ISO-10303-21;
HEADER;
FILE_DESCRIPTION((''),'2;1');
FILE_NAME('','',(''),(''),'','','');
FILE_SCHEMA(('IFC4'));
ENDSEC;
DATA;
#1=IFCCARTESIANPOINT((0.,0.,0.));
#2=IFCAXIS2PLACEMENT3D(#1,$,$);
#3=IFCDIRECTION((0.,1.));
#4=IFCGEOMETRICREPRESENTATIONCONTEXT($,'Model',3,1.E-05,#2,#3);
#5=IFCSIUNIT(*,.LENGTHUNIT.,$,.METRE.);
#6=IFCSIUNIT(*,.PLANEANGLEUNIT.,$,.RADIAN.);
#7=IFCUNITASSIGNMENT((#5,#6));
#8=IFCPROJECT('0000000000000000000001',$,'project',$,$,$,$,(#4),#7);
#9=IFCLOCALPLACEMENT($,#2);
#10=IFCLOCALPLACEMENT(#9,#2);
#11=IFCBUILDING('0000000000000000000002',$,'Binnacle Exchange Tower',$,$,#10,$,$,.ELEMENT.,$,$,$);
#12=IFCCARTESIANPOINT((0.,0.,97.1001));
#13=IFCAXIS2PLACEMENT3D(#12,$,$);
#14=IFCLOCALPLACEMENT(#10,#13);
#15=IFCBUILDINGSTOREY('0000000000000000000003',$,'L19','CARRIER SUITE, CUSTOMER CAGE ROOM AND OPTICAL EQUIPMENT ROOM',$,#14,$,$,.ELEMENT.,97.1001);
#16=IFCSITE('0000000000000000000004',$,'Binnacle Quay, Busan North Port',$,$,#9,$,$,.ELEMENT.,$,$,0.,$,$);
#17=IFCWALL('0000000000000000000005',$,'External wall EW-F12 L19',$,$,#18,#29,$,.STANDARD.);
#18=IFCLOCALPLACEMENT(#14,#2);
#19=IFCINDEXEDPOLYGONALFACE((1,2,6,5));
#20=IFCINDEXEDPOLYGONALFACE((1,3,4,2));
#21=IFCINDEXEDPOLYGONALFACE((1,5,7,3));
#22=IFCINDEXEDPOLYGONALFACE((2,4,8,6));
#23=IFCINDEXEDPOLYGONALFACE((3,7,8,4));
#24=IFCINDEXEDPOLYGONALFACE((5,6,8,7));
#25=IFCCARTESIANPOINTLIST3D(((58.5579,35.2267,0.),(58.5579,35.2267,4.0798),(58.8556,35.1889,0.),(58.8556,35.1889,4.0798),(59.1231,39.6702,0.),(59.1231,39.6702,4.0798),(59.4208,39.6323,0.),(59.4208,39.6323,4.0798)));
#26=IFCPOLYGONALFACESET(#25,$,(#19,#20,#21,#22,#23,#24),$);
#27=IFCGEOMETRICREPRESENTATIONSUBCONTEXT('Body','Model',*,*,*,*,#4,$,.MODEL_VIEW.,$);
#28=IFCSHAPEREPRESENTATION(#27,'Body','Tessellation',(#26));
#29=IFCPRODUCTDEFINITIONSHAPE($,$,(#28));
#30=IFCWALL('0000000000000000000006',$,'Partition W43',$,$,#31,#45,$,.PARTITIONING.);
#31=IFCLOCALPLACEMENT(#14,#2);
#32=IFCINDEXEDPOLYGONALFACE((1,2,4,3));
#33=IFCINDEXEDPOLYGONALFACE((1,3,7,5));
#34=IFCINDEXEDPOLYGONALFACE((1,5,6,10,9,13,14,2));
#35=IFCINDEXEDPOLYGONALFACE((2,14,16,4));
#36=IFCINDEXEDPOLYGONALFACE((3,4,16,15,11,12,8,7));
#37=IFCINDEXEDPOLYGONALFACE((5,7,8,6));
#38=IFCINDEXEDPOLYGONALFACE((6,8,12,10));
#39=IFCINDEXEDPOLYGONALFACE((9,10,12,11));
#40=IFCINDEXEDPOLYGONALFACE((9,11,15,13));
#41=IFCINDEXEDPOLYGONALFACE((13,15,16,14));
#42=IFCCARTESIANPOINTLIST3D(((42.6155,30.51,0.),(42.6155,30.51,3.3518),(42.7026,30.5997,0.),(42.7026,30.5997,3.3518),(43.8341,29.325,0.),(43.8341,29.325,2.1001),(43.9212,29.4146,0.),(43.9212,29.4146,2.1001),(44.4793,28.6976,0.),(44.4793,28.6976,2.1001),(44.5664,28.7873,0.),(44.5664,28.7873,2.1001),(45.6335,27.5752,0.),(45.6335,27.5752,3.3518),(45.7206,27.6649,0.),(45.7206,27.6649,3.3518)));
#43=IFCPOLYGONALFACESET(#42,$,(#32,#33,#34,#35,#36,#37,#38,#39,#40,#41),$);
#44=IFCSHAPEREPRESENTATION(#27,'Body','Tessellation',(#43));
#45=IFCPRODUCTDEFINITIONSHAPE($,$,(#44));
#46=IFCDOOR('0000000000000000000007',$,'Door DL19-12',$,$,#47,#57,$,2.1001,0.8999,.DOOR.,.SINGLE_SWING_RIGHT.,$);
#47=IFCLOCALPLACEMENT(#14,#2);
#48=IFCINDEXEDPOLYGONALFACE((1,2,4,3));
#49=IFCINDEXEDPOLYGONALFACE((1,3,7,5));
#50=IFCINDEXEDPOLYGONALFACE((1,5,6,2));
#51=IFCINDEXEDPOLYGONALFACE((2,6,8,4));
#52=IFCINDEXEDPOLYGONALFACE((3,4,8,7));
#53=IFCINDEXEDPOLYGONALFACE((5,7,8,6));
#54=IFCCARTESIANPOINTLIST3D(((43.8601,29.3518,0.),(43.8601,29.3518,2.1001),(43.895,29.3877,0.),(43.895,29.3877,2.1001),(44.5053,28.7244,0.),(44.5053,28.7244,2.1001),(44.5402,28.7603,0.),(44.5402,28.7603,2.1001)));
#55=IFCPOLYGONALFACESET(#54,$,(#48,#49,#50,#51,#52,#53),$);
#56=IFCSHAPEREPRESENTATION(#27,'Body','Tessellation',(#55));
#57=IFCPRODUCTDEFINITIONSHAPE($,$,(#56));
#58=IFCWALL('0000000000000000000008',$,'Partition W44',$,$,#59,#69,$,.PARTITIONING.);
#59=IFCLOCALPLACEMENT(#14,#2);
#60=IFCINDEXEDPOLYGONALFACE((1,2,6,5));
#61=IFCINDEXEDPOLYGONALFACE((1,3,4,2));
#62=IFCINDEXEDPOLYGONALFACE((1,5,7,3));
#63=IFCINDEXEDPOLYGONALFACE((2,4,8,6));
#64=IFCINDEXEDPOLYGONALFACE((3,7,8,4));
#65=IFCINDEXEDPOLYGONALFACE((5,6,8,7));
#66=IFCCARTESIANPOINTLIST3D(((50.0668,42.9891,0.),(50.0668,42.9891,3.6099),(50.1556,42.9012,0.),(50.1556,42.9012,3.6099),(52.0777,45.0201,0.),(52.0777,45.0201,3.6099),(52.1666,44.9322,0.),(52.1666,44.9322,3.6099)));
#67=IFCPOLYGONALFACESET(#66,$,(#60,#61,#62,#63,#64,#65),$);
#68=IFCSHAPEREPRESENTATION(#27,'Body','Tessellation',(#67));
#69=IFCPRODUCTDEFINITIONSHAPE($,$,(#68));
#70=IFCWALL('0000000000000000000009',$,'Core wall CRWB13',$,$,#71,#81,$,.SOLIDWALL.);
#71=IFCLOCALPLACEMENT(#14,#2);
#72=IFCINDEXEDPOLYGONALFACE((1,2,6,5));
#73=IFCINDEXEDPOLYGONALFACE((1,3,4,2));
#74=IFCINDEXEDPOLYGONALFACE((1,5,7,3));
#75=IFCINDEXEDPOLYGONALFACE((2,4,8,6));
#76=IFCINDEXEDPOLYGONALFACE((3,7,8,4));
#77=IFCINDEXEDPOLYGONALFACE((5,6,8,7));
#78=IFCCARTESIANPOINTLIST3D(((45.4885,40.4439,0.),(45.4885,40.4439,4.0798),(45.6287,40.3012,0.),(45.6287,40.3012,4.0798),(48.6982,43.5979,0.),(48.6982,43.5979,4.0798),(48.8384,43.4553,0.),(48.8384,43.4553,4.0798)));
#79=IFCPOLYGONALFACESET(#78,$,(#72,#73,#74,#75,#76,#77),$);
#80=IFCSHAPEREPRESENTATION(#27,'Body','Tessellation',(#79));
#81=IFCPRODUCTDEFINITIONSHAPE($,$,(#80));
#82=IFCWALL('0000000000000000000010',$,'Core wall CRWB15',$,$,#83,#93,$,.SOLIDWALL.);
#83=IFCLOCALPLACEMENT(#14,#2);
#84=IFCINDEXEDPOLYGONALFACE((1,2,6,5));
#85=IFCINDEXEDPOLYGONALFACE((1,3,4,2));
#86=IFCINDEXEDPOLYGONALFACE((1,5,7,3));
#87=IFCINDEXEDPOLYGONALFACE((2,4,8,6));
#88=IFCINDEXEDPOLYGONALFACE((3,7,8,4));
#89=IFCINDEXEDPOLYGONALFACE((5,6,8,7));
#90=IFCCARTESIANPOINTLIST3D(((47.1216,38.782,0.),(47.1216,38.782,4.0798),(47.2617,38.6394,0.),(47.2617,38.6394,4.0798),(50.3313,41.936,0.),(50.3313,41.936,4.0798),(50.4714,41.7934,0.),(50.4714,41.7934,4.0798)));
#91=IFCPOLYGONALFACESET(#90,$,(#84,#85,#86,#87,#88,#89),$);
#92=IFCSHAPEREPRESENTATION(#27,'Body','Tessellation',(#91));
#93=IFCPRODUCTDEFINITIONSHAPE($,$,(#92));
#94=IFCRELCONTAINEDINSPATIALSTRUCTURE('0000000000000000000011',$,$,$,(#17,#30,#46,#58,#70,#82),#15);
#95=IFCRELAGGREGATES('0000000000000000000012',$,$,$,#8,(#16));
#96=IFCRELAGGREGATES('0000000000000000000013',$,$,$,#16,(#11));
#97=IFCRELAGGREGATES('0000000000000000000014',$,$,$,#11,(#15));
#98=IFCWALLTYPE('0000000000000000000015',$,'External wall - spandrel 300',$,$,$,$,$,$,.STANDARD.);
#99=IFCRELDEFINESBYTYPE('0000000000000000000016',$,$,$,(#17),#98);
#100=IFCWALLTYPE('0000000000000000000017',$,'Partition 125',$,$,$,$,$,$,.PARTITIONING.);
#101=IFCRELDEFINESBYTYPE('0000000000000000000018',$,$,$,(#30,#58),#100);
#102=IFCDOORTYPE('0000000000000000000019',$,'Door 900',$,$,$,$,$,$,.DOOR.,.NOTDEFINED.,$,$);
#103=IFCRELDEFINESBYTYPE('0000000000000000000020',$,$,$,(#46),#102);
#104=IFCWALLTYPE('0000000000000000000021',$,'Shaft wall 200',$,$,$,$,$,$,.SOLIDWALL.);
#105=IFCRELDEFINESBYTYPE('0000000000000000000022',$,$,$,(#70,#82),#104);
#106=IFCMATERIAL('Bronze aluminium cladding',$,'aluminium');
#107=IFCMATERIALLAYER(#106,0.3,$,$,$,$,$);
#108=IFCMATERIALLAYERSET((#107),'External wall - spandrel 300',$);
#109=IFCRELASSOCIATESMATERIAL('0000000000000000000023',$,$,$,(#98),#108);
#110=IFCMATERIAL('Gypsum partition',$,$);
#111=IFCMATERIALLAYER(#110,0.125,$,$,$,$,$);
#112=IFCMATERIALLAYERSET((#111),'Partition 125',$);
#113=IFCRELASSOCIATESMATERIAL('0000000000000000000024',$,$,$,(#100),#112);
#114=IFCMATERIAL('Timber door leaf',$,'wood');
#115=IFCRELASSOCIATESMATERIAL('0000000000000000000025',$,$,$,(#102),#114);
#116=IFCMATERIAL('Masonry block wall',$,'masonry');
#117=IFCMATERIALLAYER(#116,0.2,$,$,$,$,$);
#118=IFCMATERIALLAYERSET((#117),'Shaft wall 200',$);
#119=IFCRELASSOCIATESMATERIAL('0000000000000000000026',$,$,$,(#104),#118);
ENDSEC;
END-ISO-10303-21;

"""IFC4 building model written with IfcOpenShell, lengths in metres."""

from ifc_helpers import new_model, si_unit, direction, frame, frame_2d, origin, place, context, subcontext, project, spatial, rectangle, extrude, material, layer, layer_set, type_object, element, fill, save


model = new_model("IFC4")

# Units and contexts
model_context = context("Model", 3, precision=1e-05, world=origin(), true_north=direction((0.0, 1.0)))
body_context = subcontext(model_context, "Body", "Model", "MODEL_VIEW")
ifc_project = project(units=[si_unit("LENGTHUNIT", "METRE"), si_unit("PLANEANGLEUNIT", "RADIAN")], contexts=[model_context])

# Site, building, storey
site_placement = place(None, origin())
site = spatial("IfcSite", under=ifc_project, at=site_placement, Name="Binnacle Quay, Busan North Port", CompositionType="ELEMENT", RefElevation=0.0)
building_placement = place(site_placement, origin())
building = spatial("IfcBuilding", under=site, at=building_placement, Name="Binnacle Exchange Tower", CompositionType="ELEMENT")
storey_placement = place(building_placement, frame((0.0, 0.0, 97.1001)))
storey = spatial("IfcBuildingStorey", under=building, at=storey_placement, Name="L19", Description="CARRIER SUITE, CUSTOMER CAGE ROOM AND OPTICAL EQUIPMENT ROOM", CompositionType="ELEMENT", Elevation=97.1001)

# Shared definitions
ifc_material_1 = material(Name="Bronze aluminium cladding", Category="aluminium")
ifc_layer_1 = layer(ifc_material_1, 0.3)
ifc_layer_set_1 = layer_set([ifc_layer_1], Name="External wall - spandrel 300")
wall_type_1 = type_object("IfcWallType", Name="External wall - spandrel 300", PredefinedType="STANDARD", material=ifc_layer_set_1)

# Wall
wall_1_placement = place(storey_placement, frame((59.272, 39.6514, 0.0), z_axis=(0.0, 0.0, 1.0), x_axis=(-0.126181, -0.992007, 0.0)))
element("IfcWall", 1, at=wall_1_placement, inside=storey, type_object=wall_type_1, Name="External wall EW-F12 L19", PredefinedType="STANDARD", context=body_context, shape_type="SweptSolid", body=[
    extrude(rectangle(XDim=4.4792, YDim=0.3, at=frame_2d((2.2397, 0.0))), origin(), (0.0, 0.0, 1.0), 4.0798),
])

# Wall, opening, door
ifc_material_2 = material(Name="Gypsum partition")
ifc_layer_2 = layer(ifc_material_2, 0.125)
ifc_layer_set_2 = layer_set([ifc_layer_2], Name="Partition 125")
wall_type_2 = type_object("IfcWallType", Name="Partition 125", PredefinedType="PARTITIONING", material=ifc_layer_set_2)
wall_2_placement = place(storey_placement, frame((42.6589, 30.5549, 0.0), z_axis=(0.0, 0.0, 1.0), x_axis=(0.716926, -0.69715, 0.0)))
wall_2 = element("IfcWall", 2, at=wall_2_placement, inside=storey, type_object=wall_type_2, Name="Partition W43", PredefinedType="PARTITIONING", context=body_context, shape_type="SweptSolid", body=[
    extrude(rectangle(XDim=4.2097, YDim=0.125, at=frame_2d((2.105, 0.0))), origin(), (0.0, 0.0, 1.0), 3.3518),
])
opening_1_placement = place(wall_2_placement, frame((1.7, 0.0, 0.0)))
opening_1 = element("IfcOpeningElement", 3, at=opening_1_placement, cuts=wall_2, PredefinedType="OPENING", context=body_context, shape_type="SweptSolid", body=[
    extrude(rectangle(XDim=0.8999, YDim=2.1001, at=frame_2d((0.45, 1.05))), frame((0.0, 0.0725, 0.0), z_axis=(0.0, -1.0, 0.0), x_axis=(1.0, 0.0, 0.0)), (0.0, 0.0, 1.0), 0.145),
])
ifc_material_3 = material(Name="Timber door leaf", Category="wood")
door_type_1 = type_object("IfcDoorType", Name="Door 900", OperationType="NOTDEFINED", PredefinedType="DOOR", material=ifc_material_3)
door_1_placement = place(opening_1_placement, origin())
door_1 = element("IfcDoor", 4, at=door_1_placement, inside=storey, type_object=door_type_1, Name="Door DL19-12", OperationType="SINGLE_SWING_RIGHT", OverallHeight=2.1001, OverallWidth=0.8999, PredefinedType="DOOR", context=body_context, shape_type="SweptSolid", body=[
    extrude(rectangle(XDim=0.8999, YDim=2.1001, at=frame_2d((0.45, 1.05))), frame((0.0, 0.0249, 0.0), z_axis=(0.0, -1.0, 0.0), x_axis=(1.0, 0.0, 0.0)), (0.0, 0.0, 1.0), 0.05),
])
fill(opening_1, door_1)

# Walls
wall_3_placement = place(storey_placement, frame((50.1111, 42.9451, 0.0), z_axis=(0.0, 0.0, 1.0), x_axis=(0.703596, 0.7106, 0.0)))
element("IfcWall", 5, at=wall_3_placement, inside=storey, type_object=wall_type_2, Name="Partition W44", PredefinedType="PARTITIONING", context=body_context, shape_type="SweptSolid", body=[
    extrude(rectangle(XDim=2.8582, YDim=0.125, at=frame_2d((1.4292, 0.0))), origin(), (0.0, 0.0, 1.0), 3.6099),
])
ifc_material_4 = material(Name="Masonry block wall", Category="masonry")
ifc_layer_3 = layer(ifc_material_4, 0.2)
ifc_layer_set_3 = layer_set([ifc_layer_3], Name="Shaft wall 200")
wall_type_3 = type_object("IfcWallType", Name="Shaft wall 200", PredefinedType="SOLIDWALL", material=ifc_layer_set_3)
for number, where, z_axis, x_axis, name in (
    (6, (45.5586, 40.3726, 0.0), (0.0, 0.0, 1.0), (0.713265, 0.700895, 0.0), "Core wall CRWB13"),
    (7, (47.1917, 38.7107, 0.0), (0.0, 0.0, 1.0), (0.713265, 0.700895, 0.0), "Core wall CRWB15"),
):
    element("IfcWall", number, at=place(storey_placement, frame(where, z_axis=z_axis, x_axis=x_axis)), inside=storey, type_object=wall_type_3, Name=name, PredefinedType="SOLIDWALL", context=body_context, shape_type="SweptSolid", body=[
        extrude(rectangle(XDim=4.5, YDim=0.2, at=frame_2d((2.25, 0.0))), origin(), (0.0, 0.0, 1.0), 4.0798),
    ])

save(model, "model.ifc")
